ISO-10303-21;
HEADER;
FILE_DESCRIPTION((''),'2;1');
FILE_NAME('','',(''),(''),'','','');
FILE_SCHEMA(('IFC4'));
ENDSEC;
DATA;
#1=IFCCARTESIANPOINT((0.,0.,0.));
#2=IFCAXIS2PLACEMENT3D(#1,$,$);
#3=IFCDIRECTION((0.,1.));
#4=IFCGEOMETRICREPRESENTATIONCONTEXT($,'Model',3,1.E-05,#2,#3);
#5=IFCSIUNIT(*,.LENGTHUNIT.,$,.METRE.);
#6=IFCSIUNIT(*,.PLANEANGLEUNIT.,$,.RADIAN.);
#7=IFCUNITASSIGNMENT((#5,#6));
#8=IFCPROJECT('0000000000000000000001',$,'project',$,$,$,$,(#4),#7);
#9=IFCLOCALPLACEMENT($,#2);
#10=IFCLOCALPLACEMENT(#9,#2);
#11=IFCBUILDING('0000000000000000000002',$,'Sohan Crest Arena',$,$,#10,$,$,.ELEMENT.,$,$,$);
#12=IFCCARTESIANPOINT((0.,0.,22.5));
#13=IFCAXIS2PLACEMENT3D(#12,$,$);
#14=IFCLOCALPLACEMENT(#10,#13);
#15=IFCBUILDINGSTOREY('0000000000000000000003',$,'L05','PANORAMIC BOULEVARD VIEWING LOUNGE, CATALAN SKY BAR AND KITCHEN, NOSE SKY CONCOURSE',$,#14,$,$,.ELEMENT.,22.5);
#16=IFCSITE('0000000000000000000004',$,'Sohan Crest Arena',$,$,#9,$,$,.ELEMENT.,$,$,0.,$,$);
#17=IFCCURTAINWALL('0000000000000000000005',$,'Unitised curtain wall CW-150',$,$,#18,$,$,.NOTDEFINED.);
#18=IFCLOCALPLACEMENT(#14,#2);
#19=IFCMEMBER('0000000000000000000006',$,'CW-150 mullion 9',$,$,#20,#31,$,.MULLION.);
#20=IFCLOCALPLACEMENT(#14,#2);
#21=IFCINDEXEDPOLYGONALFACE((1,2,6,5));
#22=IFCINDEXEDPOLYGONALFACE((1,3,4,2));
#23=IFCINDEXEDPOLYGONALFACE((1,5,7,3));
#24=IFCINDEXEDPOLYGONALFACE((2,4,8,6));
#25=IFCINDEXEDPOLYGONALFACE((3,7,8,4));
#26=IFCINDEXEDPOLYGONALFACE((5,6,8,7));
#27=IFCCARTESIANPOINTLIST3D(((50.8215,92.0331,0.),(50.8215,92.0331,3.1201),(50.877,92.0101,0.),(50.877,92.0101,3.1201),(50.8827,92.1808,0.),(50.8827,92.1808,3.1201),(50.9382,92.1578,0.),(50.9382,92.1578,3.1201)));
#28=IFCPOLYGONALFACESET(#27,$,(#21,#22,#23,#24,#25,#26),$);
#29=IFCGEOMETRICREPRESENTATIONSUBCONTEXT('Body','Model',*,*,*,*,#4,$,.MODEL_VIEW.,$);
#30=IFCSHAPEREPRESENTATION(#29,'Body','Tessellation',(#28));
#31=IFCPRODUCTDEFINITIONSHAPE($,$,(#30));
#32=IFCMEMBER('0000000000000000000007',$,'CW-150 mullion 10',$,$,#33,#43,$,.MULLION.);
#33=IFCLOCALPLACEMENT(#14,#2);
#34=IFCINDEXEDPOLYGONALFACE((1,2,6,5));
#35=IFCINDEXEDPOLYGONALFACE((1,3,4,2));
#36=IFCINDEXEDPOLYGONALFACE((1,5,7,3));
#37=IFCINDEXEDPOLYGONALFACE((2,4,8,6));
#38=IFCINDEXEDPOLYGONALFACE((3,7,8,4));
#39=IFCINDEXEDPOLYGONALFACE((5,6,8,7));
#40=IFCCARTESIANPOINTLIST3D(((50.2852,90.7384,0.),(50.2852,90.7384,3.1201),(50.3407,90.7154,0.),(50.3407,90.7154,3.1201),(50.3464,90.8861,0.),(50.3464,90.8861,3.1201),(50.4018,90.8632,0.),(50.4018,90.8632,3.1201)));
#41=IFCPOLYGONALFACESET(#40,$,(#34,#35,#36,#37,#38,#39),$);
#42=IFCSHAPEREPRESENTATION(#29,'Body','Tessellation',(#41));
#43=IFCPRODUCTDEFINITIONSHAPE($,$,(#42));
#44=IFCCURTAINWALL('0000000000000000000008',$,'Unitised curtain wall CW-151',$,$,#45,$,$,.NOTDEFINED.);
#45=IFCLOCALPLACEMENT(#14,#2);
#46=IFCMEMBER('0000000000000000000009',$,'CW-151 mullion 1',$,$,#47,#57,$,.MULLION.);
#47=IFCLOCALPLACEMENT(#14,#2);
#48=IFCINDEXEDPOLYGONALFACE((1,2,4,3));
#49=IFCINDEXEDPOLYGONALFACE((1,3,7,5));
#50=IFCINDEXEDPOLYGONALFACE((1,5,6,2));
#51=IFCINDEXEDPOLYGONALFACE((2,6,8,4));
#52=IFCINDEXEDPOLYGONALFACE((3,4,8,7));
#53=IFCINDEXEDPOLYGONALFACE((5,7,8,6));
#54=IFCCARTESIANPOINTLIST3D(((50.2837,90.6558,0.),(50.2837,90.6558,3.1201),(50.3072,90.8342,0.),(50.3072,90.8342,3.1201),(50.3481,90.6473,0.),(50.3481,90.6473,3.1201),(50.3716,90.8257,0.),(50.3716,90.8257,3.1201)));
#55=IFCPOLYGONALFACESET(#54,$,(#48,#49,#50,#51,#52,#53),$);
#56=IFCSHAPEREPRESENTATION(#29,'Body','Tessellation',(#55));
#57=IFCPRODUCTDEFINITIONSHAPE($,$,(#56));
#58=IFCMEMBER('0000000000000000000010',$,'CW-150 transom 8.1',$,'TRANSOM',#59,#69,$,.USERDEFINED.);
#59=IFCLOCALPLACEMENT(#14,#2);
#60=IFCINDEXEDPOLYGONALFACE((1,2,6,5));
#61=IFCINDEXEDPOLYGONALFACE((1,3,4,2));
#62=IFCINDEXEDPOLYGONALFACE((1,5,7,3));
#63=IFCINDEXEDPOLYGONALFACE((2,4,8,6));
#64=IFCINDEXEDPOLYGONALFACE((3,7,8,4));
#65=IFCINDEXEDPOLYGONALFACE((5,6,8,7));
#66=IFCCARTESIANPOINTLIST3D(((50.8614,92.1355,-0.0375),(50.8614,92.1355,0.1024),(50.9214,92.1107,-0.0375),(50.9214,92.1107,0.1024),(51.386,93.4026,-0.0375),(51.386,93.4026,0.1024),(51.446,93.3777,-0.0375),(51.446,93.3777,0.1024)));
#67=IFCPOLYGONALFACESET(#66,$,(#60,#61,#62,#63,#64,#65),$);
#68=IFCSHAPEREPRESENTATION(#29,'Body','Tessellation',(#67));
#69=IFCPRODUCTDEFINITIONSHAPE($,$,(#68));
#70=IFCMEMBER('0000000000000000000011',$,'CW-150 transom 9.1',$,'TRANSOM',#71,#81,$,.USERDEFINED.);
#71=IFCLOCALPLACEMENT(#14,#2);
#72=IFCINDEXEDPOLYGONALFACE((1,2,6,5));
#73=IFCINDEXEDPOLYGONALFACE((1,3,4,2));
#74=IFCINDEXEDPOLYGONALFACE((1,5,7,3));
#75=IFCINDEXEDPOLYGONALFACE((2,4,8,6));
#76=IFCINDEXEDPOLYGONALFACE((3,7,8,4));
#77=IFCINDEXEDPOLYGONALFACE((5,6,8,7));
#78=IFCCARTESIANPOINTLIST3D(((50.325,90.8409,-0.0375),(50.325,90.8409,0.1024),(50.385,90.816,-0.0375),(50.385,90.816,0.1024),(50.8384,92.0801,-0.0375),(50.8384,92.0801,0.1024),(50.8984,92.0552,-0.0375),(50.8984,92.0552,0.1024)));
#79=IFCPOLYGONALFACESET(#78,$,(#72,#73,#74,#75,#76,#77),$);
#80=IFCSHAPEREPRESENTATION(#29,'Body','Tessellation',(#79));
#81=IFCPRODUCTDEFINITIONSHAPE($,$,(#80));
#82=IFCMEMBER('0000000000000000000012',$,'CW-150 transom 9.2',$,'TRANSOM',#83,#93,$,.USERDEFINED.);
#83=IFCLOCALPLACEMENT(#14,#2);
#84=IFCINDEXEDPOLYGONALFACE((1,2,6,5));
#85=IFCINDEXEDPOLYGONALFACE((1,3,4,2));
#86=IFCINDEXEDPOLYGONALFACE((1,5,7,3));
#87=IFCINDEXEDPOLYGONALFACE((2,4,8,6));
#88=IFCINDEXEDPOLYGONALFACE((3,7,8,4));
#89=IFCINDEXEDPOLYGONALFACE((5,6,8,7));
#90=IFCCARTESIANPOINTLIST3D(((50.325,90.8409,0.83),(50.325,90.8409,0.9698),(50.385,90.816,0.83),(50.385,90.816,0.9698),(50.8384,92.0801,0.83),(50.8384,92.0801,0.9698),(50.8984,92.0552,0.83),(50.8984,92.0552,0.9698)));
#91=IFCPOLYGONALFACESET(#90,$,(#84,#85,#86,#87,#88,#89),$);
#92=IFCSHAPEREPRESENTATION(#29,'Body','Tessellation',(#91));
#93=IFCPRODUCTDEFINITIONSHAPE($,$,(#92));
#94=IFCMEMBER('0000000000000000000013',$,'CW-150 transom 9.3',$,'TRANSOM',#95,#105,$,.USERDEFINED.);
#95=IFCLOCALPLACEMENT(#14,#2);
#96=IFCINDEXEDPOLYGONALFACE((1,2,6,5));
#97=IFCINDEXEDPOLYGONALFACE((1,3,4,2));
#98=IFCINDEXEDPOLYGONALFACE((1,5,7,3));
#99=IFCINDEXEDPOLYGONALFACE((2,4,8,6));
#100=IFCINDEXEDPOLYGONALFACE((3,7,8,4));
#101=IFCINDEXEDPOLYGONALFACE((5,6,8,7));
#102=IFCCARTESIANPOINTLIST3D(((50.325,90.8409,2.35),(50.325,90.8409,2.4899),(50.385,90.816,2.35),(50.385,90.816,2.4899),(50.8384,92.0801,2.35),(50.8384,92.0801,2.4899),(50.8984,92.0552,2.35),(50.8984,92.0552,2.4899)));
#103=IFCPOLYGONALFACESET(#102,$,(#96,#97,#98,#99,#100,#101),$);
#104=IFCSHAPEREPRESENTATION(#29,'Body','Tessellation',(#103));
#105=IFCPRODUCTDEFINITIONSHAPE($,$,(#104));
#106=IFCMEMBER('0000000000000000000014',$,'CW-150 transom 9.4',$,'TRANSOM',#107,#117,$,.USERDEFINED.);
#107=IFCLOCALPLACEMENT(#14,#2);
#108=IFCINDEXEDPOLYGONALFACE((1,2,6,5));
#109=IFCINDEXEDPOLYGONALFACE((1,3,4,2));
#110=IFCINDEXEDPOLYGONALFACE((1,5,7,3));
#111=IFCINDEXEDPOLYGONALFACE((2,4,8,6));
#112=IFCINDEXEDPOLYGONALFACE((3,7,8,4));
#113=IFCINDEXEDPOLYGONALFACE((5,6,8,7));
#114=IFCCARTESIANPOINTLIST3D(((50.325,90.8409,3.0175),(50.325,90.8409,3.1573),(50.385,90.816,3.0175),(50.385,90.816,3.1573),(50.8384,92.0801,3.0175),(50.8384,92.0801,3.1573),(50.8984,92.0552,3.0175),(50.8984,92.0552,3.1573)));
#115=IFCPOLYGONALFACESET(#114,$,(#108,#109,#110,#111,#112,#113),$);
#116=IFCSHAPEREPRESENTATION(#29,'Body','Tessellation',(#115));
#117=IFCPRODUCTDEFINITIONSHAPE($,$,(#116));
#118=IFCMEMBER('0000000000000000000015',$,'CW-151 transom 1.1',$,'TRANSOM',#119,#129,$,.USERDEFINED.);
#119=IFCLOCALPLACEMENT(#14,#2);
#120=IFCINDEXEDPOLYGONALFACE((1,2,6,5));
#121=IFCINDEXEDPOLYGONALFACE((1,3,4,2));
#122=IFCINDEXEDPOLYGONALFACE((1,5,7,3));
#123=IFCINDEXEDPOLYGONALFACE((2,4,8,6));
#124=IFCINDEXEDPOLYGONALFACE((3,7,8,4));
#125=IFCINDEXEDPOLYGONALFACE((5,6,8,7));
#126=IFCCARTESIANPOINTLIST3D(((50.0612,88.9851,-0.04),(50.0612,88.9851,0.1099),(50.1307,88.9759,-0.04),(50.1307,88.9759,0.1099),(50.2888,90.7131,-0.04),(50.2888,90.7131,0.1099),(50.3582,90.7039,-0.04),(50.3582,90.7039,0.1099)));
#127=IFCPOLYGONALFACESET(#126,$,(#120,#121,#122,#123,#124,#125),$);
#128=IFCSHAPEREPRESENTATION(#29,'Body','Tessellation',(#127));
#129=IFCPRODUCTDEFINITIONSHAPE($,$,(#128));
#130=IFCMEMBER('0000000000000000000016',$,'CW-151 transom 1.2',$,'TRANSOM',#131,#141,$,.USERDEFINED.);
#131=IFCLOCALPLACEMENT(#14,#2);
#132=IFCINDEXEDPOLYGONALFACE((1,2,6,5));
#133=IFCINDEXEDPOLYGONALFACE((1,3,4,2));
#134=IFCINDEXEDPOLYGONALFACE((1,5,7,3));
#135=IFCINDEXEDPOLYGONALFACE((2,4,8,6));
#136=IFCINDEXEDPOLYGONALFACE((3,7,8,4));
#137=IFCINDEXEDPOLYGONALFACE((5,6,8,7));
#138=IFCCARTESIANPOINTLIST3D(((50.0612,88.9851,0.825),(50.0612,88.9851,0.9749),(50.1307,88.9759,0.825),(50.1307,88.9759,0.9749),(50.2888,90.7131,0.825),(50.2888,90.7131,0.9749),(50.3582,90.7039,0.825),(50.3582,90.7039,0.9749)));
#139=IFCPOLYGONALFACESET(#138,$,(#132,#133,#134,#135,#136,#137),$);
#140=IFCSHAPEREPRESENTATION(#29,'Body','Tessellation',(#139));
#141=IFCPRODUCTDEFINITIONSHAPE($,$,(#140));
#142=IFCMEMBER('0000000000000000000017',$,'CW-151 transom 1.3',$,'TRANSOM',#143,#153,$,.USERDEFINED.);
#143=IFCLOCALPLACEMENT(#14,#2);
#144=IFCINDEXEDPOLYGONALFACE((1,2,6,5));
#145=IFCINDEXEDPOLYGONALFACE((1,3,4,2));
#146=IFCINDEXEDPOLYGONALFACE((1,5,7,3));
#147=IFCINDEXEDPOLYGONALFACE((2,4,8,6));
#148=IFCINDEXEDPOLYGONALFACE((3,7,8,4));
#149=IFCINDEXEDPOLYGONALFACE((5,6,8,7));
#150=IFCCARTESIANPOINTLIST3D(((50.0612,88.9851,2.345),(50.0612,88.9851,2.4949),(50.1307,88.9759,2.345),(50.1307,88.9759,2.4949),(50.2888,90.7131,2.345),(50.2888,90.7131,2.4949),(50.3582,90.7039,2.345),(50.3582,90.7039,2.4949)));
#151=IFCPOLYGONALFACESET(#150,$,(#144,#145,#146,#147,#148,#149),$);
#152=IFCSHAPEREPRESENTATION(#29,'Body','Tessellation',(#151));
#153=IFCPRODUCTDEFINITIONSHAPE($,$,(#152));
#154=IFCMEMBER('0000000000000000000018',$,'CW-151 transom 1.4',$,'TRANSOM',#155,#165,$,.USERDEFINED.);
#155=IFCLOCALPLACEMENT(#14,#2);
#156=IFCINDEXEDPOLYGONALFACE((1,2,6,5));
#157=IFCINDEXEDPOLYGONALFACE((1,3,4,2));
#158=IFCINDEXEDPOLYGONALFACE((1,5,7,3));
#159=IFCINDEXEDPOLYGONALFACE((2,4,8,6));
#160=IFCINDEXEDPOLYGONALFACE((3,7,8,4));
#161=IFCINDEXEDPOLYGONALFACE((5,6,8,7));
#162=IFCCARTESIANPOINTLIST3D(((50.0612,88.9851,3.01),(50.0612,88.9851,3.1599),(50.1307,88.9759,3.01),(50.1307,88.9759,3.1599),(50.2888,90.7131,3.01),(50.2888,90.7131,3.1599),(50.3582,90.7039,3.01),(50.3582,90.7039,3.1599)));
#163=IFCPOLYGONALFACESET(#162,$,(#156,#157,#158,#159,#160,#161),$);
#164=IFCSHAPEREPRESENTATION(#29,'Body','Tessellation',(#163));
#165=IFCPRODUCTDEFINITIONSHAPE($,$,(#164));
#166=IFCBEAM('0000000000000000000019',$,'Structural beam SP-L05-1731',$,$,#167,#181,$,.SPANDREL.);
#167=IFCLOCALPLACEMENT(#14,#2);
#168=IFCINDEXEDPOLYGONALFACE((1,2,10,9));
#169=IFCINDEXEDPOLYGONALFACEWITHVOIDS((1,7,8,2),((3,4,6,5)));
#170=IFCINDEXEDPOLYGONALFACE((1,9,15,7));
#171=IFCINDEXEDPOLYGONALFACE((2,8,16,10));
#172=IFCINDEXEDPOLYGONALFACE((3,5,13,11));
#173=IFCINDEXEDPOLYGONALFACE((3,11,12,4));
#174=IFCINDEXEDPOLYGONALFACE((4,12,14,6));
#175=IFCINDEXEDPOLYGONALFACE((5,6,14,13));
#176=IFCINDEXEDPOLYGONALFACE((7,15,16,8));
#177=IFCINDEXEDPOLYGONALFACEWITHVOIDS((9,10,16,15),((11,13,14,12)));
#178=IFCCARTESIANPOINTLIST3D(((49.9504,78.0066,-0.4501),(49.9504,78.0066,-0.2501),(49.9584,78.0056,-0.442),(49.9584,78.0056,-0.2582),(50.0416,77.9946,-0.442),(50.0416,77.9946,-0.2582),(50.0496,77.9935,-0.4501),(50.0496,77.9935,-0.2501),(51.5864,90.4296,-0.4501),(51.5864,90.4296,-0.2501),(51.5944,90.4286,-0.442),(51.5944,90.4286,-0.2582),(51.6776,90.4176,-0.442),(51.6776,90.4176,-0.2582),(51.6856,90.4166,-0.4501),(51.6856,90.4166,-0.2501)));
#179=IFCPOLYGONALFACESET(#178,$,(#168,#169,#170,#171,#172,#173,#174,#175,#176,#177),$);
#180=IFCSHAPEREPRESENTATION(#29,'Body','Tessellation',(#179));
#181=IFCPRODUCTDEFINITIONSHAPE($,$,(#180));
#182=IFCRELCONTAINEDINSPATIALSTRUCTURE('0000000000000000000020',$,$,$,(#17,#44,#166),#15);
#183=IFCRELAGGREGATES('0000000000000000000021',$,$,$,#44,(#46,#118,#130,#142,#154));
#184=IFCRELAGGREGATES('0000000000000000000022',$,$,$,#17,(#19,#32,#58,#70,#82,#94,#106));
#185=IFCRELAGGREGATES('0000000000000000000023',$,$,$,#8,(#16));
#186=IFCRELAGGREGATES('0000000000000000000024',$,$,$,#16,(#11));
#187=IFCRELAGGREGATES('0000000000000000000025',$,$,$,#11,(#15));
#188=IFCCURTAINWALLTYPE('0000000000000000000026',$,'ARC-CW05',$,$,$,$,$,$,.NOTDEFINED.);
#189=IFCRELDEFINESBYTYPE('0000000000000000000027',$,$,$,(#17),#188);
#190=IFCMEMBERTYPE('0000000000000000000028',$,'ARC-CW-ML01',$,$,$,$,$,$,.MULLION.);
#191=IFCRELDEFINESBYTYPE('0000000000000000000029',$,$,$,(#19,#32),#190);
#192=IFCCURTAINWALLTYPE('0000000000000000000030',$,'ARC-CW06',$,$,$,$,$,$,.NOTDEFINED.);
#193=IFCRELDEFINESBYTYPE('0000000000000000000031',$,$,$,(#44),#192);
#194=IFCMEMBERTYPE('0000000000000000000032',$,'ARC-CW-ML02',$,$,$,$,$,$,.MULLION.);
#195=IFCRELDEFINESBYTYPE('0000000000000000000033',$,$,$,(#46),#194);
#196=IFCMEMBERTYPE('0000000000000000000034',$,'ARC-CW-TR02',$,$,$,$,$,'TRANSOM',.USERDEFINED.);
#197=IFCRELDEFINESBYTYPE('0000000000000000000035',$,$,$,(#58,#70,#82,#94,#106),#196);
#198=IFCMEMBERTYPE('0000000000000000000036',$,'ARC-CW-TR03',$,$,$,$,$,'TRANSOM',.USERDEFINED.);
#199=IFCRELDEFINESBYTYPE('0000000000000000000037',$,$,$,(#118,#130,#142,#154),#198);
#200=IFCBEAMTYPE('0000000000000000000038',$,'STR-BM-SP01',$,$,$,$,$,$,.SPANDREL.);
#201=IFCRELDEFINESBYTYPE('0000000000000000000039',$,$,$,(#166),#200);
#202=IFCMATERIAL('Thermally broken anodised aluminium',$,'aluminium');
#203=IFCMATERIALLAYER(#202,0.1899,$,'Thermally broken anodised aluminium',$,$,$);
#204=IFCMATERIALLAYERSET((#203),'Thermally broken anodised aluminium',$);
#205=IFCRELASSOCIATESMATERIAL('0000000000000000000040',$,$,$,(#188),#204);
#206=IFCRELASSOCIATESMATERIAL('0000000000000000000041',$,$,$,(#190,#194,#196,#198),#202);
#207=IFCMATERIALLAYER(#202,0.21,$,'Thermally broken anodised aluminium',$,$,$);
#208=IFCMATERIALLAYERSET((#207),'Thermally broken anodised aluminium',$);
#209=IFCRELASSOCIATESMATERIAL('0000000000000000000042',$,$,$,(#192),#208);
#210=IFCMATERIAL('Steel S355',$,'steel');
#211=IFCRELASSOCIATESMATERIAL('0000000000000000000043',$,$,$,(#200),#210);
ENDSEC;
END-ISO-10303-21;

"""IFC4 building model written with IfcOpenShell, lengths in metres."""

from ifc_helpers import new_model, si_unit, direction, frame, origin, origin_2d, place, context, subcontext, project, spatial, rectangle, hollow_rectangle, extrude, material, layer, layer_set, material_profile, profile_set, type_object, element, aggregate, save


model = new_model("IFC4")

# Units and contexts
model_context = context("Model", 3, precision=1e-05, world=origin(), true_north=direction((0.0, 1.0)))
body_context = subcontext(model_context, "Body", "Model", "MODEL_VIEW")
ifc_project = project(units=[si_unit("LENGTHUNIT", "METRE"), si_unit("PLANEANGLEUNIT", "RADIAN")], contexts=[model_context])

# Site, building, storey
site_placement = place(None, origin())
site = spatial("IfcSite", under=ifc_project, at=site_placement, Name="Sohan Crest Arena", CompositionType="ELEMENT", RefElevation=0.0)
building_placement = place(site_placement, origin())
building = spatial("IfcBuilding", under=site, at=building_placement, Name="Sohan Crest Arena", CompositionType="ELEMENT")
storey_placement = place(building_placement, frame((0.0, 0.0, 22.5)))
storey = spatial("IfcBuildingStorey", under=building, at=storey_placement, Name="L05", Description="PANORAMIC BOULEVARD VIEWING LOUNGE, CATALAN SKY BAR AND KITCHEN, NOSE SKY CONCOURSE", CompositionType="ELEMENT", Elevation=22.5)

# Curtain wall, members
ifc_material_1 = material(Name="Thermally broken anodised aluminium", Category="aluminium")
ifc_layer_1 = layer(ifc_material_1, 0.1899, Name="Thermally broken anodised aluminium")
ifc_layer_set_1 = layer_set([ifc_layer_1], Name="Thermally broken anodised aluminium")
curtain_wall_type_1 = type_object("IfcCurtainWallType", Name="ARC-CW05", PredefinedType="NOTDEFINED", material=ifc_layer_set_1)
curtain_wall_1_placement = place(storey_placement, origin())
curtain_wall_1 = element("IfcCurtainWall", 1, at=curtain_wall_1_placement, inside=storey, type_object=curtain_wall_type_1, Name="Unitised curtain wall CW-150", PredefinedType="NOTDEFINED")
ifc_material_profile_1 = material_profile(ifc_material_1, rectangle(XDim=0.0601, YDim=0.1599, at=origin_2d()), Name="ALU-MULL 60x160")
ifc_profile_set_1 = profile_set([ifc_material_profile_1], Name="Thermally broken anodised aluminium")
member_type_1 = type_object("IfcMemberType", Name="ARC-CW-ML01", PredefinedType="MULLION", material=ifc_profile_set_1)
member_1_placement = place(storey_placement, frame((50.8799, 92.0955, 0.0), z_axis=(0.0, 0.0, 1.0), x_axis=(0.923879, -0.382685, 0.0)))
member_1 = element("IfcMember", 2, at=member_1_placement, type_object=member_type_1, Name="CW-150 mullion 9", PredefinedType="MULLION", context=body_context, shape_type="SweptSolid", body=[
    extrude(rectangle(XDim=0.0601, YDim=0.1599, at=origin_2d()), origin(), (0.0, 0.0, 1.0), 3.1201),
])
member_2_placement = place(storey_placement, frame((50.3435, 90.8008, 0.0), z_axis=(0.0, 0.0, 1.0), x_axis=(0.923879, -0.382685, 0.0)))
member_2 = element("IfcMember", 3, at=member_2_placement, type_object=member_type_1, Name="CW-150 mullion 10", PredefinedType="MULLION", context=body_context, shape_type="SweptSolid", body=[
    extrude(rectangle(XDim=0.0601, YDim=0.1599, at=origin_2d()), origin(), (0.0, 0.0, 1.0), 3.1201),
])

# Curtain wall, member
ifc_layer_2 = layer(ifc_material_1, 0.21, Name="Thermally broken anodised aluminium")
ifc_layer_set_2 = layer_set([ifc_layer_2], Name="Thermally broken anodised aluminium")
curtain_wall_type_2 = type_object("IfcCurtainWallType", Name="ARC-CW06", PredefinedType="NOTDEFINED", material=ifc_layer_set_2)
curtain_wall_2_placement = place(storey_placement, origin())
curtain_wall_2 = element("IfcCurtainWall", 4, at=curtain_wall_2_placement, inside=storey, type_object=curtain_wall_type_2, Name="Unitised curtain wall CW-151", PredefinedType="NOTDEFINED")
ifc_material_profile_2 = material_profile(ifc_material_1, rectangle(XDim=0.0649, YDim=0.1799, at=origin_2d()), Name="ALU-MULL 65x180")
ifc_profile_set_2 = profile_set([ifc_material_profile_2], Name="Thermally broken anodised aluminium")
member_type_2 = type_object("IfcMemberType", Name="ARC-CW-ML02", PredefinedType="MULLION", material=ifc_profile_set_2)
member_3_placement = place(storey_placement, frame((50.3276, 90.7407, 0.0), z_axis=(0.0, 0.0, 1.0), x_axis=(0.991441, -0.130557, 0.0)))
member_3 = element("IfcMember", 5, at=member_3_placement, type_object=member_type_2, Name="CW-151 mullion 1", PredefinedType="MULLION", context=body_context, shape_type="SweptSolid", body=[
    extrude(rectangle(XDim=0.0649, YDim=0.1799, at=origin_2d()), origin(), (0.0, 0.0, 1.0), 3.1201),
])

# Members
ifc_material_profile_3 = material_profile(ifc_material_1, rectangle(XDim=0.0649, YDim=0.1399, at=origin_2d()), Name="ALU-TRAN 65x140")
ifc_profile_set_3 = profile_set([ifc_material_profile_3], Name="Thermally broken anodised aluminium")
member_type_3 = type_object("IfcMemberType", Name="ARC-CW-TR02", ElementType="TRANSOM", PredefinedType="USERDEFINED", material=ifc_profile_set_3)
member_4_placement = place(storey_placement, frame((51.416, 93.3901, 0.0325), z_axis=(-0.382567, -0.923928, 0.0), x_axis=(0.923928, -0.382567, 0.0)))
member_4 = element("IfcMember", 6, at=member_4_placement, type_object=member_type_3, Name="CW-150 transom 8.1", ObjectType="TRANSOM", PredefinedType="USERDEFINED", context=body_context, shape_type="SweptSolid", body=[
    extrude(rectangle(XDim=0.0649, YDim=0.1399, at=origin_2d()), origin(), (0.0, 0.0, 1.0), 1.3713),
])
member_5_placement = place(storey_placement, frame((50.8684, 92.0676, 0.0325), z_axis=(-0.382754, -0.92385, 0.0), x_axis=(0.92385, -0.382754, 0.0)))
member_5 = element("IfcMember", 7, at=member_5_placement, type_object=member_type_3, Name="CW-150 transom 9.1", ObjectType="TRANSOM", PredefinedType="USERDEFINED", context=body_context, shape_type="SweptSolid", body=[
    extrude(rectangle(XDim=0.0649, YDim=0.1399, at=origin_2d()), origin(), (0.0, 0.0, 1.0), 1.3413),
])
member_6_placement = place(storey_placement, frame((50.8684, 92.0676, 0.8999), z_axis=(-0.382754, -0.92385, 0.0), x_axis=(0.92385, -0.382754, 0.0)))
member_6 = element("IfcMember", 8, at=member_6_placement, type_object=member_type_3, Name="CW-150 transom 9.2", ObjectType="TRANSOM", PredefinedType="USERDEFINED", context=body_context, shape_type="SweptSolid", body=[
    extrude(rectangle(XDim=0.0649, YDim=0.1399, at=origin_2d()), origin(), (0.0, 0.0, 1.0), 1.3413),
])
member_7_placement = place(storey_placement, frame((50.8684, 92.0676, 2.4199), z_axis=(-0.382754, -0.92385, 0.0), x_axis=(0.92385, -0.382754, 0.0)))
member_7 = element("IfcMember", 9, at=member_7_placement, type_object=member_type_3, Name="CW-150 transom 9.3", ObjectType="TRANSOM", PredefinedType="USERDEFINED", context=body_context, shape_type="SweptSolid", body=[
    extrude(rectangle(XDim=0.0649, YDim=0.1399, at=origin_2d()), origin(), (0.0, 0.0, 1.0), 1.3413),
])
member_8_placement = place(storey_placement, frame((50.8684, 92.0676, 3.0874), z_axis=(-0.382754, -0.92385, 0.0), x_axis=(0.92385, -0.382754, 0.0)))
member_8 = element("IfcMember", 10, at=member_8_placement, type_object=member_type_3, Name="CW-150 transom 9.4", ObjectType="TRANSOM", PredefinedType="USERDEFINED", context=body_context, shape_type="SweptSolid", body=[
    extrude(rectangle(XDim=0.0649, YDim=0.1399, at=origin_2d()), origin(), (0.0, 0.0, 1.0), 1.3413),
])
ifc_material_profile_4 = material_profile(ifc_material_1, rectangle(XDim=0.0701, YDim=0.1499, at=origin_2d()), Name="ALU-TRAN 70x150")
ifc_profile_set_4 = profile_set([ifc_material_profile_4], Name="Thermally broken anodised aluminium")
member_type_4 = type_object("IfcMemberType", Name="ARC-CW-TR03", ElementType="TRANSOM", PredefinedType="USERDEFINED", material=ifc_profile_set_4)
member_9_placement = place(storey_placement, frame((50.3235, 90.7085, 0.0349), z_axis=(-0.130549, -0.991442, 0.0), x_axis=(0.991442, -0.130549, 0.0)))
member_9 = element("IfcMember", 11, at=member_9_placement, type_object=member_type_4, Name="CW-151 transom 1.1", ObjectType="TRANSOM", PredefinedType="USERDEFINED", context=body_context, shape_type="SweptSolid", body=[
    extrude(rectangle(XDim=0.0701, YDim=0.1499, at=origin_2d()), origin(), (0.0, 0.0, 1.0), 1.7429),
])
member_10_placement = place(storey_placement, frame((50.3235, 90.7085, 0.8999), z_axis=(-0.130549, -0.991442, 0.0), x_axis=(0.991442, -0.130549, 0.0)))
member_10 = element("IfcMember", 12, at=member_10_placement, type_object=member_type_4, Name="CW-151 transom 1.2", ObjectType="TRANSOM", PredefinedType="USERDEFINED", context=body_context, shape_type="SweptSolid", body=[
    extrude(rectangle(XDim=0.0701, YDim=0.1499, at=origin_2d()), origin(), (0.0, 0.0, 1.0), 1.7429),
])
member_11_placement = place(storey_placement, frame((50.3235, 90.7085, 2.4199), z_axis=(-0.130549, -0.991442, 0.0), x_axis=(0.991442, -0.130549, 0.0)))
member_11 = element("IfcMember", 13, at=member_11_placement, type_object=member_type_4, Name="CW-151 transom 1.3", ObjectType="TRANSOM", PredefinedType="USERDEFINED", context=body_context, shape_type="SweptSolid", body=[
    extrude(rectangle(XDim=0.0701, YDim=0.1499, at=origin_2d()), origin(), (0.0, 0.0, 1.0), 1.7429),
])
member_12_placement = place(storey_placement, frame((50.3235, 90.7085, 3.085), z_axis=(-0.130549, -0.991442, 0.0), x_axis=(0.991442, -0.130549, 0.0)))
member_12 = element("IfcMember", 14, at=member_12_placement, type_object=member_type_4, Name="CW-151 transom 1.4", ObjectType="TRANSOM", PredefinedType="USERDEFINED", context=body_context, shape_type="SweptSolid", body=[
    extrude(rectangle(XDim=0.0701, YDim=0.1499, at=origin_2d()), origin(), (0.0, 0.0, 1.0), 1.7429),
])
aggregate(curtain_wall_2, [member_3, member_9, member_10, member_11, member_12])

# Beam
ifc_material_2 = material(Name="Steel S355", Category="steel")
ifc_material_profile_5 = material_profile(ifc_material_2, hollow_rectangle(XDim=0.1001, YDim=0.2, WallThickness=0.0081, at=origin_2d()), Name="RHS 200x100x8")
ifc_profile_set_5 = profile_set([ifc_material_profile_5], Name="Steel S355")
beam_type = type_object("IfcBeamType", Name="STR-BM-SP01", PredefinedType="SPANDREL", material=ifc_profile_set_5)
beam_placement = place(storey_placement, frame((51.636, 90.4231, -0.3501), z_axis=(-0.130562, -0.99144, 0.0), x_axis=(0.99144, -0.130562, 0.0)))
element("IfcBeam", 15, at=beam_placement, inside=storey, type_object=beam_type, Name="Structural beam SP-L05-1731", PredefinedType="SPANDREL", context=body_context, shape_type="SweptSolid", body=[
    extrude(hollow_rectangle(XDim=0.1001, YDim=0.2, WallThickness=0.0081, at=origin_2d()), origin(), (0.0, 0.0, 1.0), 12.5303),
])

aggregate(curtain_wall_1, [member_1, member_2, member_4, member_5, member_6, member_7, member_8])

save(model, "model.ifc")
